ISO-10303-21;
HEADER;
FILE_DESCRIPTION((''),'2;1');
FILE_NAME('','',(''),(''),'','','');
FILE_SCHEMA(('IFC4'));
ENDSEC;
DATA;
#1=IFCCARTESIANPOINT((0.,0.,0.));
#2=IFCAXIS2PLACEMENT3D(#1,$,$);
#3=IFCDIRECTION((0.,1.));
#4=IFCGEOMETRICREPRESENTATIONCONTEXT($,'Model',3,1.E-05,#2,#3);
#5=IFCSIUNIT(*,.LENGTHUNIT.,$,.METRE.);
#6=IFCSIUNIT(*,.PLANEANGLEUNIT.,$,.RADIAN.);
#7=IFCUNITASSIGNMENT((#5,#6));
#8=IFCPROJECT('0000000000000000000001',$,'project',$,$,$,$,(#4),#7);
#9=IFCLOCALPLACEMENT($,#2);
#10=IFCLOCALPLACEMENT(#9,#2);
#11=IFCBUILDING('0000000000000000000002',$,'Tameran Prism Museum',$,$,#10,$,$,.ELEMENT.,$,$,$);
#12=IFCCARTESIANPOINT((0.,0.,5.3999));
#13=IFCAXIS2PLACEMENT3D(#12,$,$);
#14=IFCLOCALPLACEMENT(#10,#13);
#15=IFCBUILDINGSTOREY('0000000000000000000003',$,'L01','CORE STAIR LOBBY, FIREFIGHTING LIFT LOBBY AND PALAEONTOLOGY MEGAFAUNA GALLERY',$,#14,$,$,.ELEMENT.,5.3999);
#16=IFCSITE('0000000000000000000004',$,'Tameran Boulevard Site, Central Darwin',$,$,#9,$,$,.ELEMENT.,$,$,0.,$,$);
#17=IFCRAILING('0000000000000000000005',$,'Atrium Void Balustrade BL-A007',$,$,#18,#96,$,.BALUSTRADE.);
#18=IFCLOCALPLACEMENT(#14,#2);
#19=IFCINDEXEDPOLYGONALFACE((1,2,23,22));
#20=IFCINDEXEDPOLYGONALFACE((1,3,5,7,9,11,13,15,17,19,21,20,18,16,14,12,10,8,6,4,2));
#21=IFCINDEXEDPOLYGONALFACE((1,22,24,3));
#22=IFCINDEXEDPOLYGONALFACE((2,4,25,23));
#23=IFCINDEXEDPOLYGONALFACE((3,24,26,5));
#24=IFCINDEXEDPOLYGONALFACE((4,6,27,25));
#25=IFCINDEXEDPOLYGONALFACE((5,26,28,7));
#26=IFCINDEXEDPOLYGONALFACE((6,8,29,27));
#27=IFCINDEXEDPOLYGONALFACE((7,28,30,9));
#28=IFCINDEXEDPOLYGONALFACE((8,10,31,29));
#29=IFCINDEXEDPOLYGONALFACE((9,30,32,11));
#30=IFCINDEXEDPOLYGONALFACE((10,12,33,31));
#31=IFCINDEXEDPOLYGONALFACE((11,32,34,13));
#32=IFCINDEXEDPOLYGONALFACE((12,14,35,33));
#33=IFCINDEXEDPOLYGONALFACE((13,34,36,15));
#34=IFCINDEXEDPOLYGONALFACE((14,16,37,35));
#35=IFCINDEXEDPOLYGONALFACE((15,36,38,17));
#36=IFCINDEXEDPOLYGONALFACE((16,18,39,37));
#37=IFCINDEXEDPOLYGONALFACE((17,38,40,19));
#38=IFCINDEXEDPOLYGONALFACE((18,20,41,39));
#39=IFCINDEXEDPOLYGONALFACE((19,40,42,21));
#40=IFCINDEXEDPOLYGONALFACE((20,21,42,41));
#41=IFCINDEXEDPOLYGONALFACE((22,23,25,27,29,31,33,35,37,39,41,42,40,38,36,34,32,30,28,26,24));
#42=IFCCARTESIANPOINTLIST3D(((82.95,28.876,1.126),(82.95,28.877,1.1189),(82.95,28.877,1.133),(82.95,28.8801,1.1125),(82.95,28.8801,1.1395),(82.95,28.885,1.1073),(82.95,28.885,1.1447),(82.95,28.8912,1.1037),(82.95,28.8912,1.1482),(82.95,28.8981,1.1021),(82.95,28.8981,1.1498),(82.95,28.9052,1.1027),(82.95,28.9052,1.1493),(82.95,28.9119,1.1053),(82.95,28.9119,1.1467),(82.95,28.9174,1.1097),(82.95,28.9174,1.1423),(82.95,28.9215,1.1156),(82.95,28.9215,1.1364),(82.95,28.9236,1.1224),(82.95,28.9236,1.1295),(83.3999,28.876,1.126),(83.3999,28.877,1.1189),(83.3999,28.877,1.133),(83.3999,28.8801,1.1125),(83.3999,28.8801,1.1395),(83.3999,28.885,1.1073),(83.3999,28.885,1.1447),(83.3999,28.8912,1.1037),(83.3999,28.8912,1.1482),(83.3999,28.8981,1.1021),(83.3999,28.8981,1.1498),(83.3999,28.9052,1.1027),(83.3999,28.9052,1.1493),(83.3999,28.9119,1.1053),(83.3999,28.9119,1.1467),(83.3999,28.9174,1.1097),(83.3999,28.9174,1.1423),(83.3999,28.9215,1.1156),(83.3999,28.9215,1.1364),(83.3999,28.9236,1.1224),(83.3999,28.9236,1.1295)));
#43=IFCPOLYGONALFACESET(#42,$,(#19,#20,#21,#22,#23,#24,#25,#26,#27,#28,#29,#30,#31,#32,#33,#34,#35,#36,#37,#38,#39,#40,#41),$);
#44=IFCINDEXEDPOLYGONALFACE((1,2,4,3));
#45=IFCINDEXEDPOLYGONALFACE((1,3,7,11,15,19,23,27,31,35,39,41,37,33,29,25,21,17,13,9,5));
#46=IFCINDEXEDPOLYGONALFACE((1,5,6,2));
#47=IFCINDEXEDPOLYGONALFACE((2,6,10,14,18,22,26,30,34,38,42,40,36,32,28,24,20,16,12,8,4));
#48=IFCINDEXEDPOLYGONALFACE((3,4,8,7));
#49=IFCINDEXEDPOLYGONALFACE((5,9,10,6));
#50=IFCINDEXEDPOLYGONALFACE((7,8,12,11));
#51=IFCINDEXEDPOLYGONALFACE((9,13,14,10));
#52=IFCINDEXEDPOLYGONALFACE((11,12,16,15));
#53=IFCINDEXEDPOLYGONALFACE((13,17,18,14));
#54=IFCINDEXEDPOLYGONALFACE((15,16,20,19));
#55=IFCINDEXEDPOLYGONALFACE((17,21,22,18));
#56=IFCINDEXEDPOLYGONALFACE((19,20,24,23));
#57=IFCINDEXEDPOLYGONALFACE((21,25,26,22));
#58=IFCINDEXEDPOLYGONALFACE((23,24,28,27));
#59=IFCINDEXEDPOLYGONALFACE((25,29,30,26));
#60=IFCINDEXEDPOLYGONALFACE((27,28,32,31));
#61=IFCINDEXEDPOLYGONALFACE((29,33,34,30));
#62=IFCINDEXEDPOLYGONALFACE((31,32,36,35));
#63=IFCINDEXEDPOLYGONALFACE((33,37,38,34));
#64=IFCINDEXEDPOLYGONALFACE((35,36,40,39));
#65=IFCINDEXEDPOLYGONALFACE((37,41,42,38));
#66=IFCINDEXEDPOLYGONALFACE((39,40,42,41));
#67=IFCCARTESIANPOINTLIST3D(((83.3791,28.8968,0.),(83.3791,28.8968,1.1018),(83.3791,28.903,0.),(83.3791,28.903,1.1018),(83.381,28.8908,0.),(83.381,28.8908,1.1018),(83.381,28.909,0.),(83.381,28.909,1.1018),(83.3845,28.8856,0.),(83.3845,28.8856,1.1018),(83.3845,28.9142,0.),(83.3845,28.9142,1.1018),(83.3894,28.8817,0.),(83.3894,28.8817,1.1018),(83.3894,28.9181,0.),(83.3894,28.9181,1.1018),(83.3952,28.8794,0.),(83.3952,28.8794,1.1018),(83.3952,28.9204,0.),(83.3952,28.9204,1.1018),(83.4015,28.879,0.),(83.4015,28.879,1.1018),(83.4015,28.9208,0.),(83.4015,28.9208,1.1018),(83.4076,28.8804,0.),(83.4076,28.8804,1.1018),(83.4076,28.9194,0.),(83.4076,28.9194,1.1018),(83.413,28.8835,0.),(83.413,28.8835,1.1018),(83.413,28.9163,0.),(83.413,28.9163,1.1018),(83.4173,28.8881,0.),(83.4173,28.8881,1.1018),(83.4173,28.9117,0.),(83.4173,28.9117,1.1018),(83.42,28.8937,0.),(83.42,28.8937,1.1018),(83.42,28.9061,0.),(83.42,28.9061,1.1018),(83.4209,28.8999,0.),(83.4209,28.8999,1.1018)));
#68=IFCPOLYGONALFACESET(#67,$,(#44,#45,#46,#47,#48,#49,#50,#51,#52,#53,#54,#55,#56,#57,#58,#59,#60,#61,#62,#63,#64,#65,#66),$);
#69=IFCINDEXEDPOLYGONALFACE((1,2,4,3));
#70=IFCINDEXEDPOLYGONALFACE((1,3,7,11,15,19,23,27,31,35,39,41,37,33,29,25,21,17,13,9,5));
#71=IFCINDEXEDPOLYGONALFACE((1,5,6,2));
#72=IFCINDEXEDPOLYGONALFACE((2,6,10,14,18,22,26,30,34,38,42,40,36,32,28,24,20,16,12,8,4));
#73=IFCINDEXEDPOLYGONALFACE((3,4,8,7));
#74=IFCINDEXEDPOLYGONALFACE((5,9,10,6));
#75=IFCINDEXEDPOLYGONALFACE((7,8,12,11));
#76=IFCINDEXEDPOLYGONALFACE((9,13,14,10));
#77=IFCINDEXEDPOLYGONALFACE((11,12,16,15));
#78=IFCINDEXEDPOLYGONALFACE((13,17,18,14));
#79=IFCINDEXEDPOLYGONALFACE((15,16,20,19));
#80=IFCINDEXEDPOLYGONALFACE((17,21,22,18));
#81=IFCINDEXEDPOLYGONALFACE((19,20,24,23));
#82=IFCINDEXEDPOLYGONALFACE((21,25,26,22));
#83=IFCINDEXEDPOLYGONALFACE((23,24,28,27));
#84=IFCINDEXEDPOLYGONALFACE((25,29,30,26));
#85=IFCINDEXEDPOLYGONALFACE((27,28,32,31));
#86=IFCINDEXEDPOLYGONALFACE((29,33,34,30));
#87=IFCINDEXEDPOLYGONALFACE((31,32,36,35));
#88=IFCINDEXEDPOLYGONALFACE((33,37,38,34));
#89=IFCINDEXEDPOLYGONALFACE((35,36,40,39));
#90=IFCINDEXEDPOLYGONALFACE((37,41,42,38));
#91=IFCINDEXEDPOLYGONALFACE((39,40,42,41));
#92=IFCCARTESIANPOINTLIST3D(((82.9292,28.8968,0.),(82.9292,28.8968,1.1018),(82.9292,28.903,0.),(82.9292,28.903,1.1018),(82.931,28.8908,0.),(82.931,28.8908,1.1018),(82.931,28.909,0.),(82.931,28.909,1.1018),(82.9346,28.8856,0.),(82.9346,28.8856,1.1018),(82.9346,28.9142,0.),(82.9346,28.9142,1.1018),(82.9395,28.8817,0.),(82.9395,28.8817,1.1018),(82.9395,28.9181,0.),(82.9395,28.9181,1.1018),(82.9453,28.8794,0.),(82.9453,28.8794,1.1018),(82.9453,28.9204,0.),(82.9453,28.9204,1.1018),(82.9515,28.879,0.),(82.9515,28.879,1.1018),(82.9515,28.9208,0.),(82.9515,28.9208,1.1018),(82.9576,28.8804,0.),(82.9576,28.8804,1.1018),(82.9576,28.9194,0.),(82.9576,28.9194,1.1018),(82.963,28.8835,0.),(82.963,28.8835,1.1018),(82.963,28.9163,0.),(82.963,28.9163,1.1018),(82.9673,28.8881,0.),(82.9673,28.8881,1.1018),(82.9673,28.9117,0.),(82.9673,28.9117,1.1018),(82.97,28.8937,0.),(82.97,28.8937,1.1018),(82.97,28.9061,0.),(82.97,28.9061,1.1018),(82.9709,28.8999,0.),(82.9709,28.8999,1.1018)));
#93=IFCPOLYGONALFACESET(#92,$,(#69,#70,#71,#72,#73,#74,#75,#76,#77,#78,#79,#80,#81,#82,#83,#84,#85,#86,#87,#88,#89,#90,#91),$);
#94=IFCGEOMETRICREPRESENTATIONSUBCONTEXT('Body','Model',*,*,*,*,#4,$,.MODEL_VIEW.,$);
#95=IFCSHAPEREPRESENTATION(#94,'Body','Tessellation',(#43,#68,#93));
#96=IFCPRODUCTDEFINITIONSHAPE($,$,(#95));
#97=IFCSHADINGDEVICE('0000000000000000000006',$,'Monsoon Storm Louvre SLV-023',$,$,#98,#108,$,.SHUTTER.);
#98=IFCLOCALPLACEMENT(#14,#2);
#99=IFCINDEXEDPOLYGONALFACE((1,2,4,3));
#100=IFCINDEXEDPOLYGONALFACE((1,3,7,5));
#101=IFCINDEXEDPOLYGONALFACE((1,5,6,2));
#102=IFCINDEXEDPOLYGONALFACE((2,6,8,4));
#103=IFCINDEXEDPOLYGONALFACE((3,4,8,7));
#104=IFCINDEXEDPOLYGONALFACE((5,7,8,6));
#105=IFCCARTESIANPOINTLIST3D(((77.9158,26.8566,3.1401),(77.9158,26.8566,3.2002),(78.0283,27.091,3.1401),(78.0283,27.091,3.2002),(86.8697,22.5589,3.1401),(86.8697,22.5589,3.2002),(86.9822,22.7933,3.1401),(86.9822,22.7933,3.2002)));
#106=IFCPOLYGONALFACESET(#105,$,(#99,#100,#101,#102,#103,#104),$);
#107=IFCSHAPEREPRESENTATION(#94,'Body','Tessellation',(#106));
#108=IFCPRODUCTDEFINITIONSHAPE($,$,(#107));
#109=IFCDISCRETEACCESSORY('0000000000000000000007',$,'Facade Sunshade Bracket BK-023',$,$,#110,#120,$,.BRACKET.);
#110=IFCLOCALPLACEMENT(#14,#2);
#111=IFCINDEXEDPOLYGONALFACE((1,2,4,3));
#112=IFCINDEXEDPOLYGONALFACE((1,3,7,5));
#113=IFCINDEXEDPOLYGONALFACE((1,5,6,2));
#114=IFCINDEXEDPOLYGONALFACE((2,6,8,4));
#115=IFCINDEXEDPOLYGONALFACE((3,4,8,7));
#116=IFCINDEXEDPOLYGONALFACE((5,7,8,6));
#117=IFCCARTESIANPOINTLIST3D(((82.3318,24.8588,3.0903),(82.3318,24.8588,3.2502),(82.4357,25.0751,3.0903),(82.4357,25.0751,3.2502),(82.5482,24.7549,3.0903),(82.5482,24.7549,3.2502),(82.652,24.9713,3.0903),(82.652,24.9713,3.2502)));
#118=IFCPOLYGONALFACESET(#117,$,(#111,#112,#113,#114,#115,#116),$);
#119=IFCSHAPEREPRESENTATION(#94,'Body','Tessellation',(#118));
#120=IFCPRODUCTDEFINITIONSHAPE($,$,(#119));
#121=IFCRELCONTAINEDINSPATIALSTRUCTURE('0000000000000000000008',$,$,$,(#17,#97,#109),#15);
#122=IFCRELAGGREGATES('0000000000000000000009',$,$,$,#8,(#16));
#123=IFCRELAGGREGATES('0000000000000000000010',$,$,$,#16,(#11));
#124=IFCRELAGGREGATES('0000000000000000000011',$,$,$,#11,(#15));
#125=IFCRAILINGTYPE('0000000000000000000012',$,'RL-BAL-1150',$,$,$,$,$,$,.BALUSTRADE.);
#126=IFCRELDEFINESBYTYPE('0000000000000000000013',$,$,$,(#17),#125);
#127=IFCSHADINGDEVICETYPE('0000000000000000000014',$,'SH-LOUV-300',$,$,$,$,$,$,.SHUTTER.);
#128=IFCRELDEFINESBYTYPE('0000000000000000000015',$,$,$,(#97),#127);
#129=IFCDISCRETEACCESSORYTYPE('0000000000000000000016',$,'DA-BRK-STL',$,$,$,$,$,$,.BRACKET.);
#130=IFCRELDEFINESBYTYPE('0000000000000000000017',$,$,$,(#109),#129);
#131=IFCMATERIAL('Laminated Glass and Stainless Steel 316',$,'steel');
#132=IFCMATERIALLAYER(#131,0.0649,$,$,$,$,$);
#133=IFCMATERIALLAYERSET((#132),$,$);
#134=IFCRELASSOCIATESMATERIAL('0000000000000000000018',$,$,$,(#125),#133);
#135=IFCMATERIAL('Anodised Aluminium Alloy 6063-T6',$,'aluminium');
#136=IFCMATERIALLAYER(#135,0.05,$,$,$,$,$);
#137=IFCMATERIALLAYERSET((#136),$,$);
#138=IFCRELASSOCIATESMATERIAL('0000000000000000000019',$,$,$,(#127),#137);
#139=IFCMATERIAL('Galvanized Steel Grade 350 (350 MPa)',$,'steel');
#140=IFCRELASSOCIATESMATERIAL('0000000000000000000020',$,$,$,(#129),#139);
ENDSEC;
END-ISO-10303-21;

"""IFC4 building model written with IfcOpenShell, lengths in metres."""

from ifc_helpers import new_model, si_unit, direction, frame, origin, origin_2d, place, context, subcontext, project, spatial, rectangle, circle, extrude, material, layer, layer_set, type_object, element, save


model = new_model("IFC4")

# Units and contexts
model_context = context("Model", 3, precision=1e-05, world=origin(), true_north=direction((0.0, 1.0)))
body_context = subcontext(model_context, "Body", "Model", "MODEL_VIEW")
ifc_project = project(units=[si_unit("LENGTHUNIT", "METRE"), si_unit("PLANEANGLEUNIT", "RADIAN")], contexts=[model_context])

# Site, building, storey
site_placement = place(None, origin())
site = spatial("IfcSite", under=ifc_project, at=site_placement, Name="Tameran Boulevard Site, Central Darwin", CompositionType="ELEMENT", RefElevation=0.0)
building_placement = place(site_placement, origin())
building = spatial("IfcBuilding", under=site, at=building_placement, Name="Tameran Prism Museum", CompositionType="ELEMENT")
storey_placement = place(building_placement, frame((0.0, 0.0, 5.3999)))
storey = spatial("IfcBuildingStorey", under=building, at=storey_placement, Name="L01", Description="CORE STAIR LOBBY, FIREFIGHTING LIFT LOBBY AND PALAEONTOLOGY MEGAFAUNA GALLERY", CompositionType="ELEMENT", Elevation=5.3999)

# Railing
ifc_material_1 = material(Name="Laminated Glass and Stainless Steel 316", Category="steel")
ifc_layer_1 = layer(ifc_material_1, 0.0649)
ifc_layer_set_1 = layer_set([ifc_layer_1])
railing_type = type_object("IfcRailingType", Name="RL-BAL-1150", PredefinedType="BALUSTRADE", material=ifc_layer_set_1)
railing_1_placement = place(storey_placement, frame((83.3999, 28.8999, 0.0)))
element("IfcRailing", 1, at=railing_1_placement, inside=storey, type_object=railing_type, Name="Atrium Void Balustrade BL-A007", PredefinedType="BALUSTRADE", context=body_context, shape_type="SweptSolid", body=[
    extrude(circle(Radius=0.0239, at=origin_2d()), frame((0.0, 0.0, 1.126), z_axis=(-1.0, 0.0, 0.0), x_axis=(0.0, -1.0, 0.0)), (0.0, 0.0, 1.0), 0.45),
    extrude(circle(Radius=0.021, at=origin_2d()), origin(), (0.0, 0.0, 1.0), 1.1018),
    extrude(circle(Radius=0.021, at=origin_2d()), frame((-0.45, 0.0, 0.0)), (0.0, 0.0, 1.0), 1.1018),
])

# Shading device
ifc_material_2 = material(Name="Anodised Aluminium Alloy 6063-T6", Category="aluminium")
ifc_layer_2 = layer(ifc_material_2, 0.05)
ifc_layer_set_2 = layer_set([ifc_layer_2])
shading_device_type = type_object("IfcShadingDeviceType", Name="SH-LOUV-300", PredefinedType="SHUTTER", material=ifc_layer_set_2)
shading_device_placement = place(storey_placement, frame((82.449, 24.825, 3.1401), z_axis=(0.0, 0.0, 1.0), x_axis=(-0.901531, 0.432715, 0.0)))
element("IfcShadingDevice", 2, at=shading_device_placement, inside=storey, type_object=shading_device_type, Name="Monsoon Storm Louvre SLV-023", PredefinedType="SHUTTER", context=body_context, shape_type="SweptSolid", body=[
    extrude(rectangle(XDim=9.9319, YDim=0.26, at=origin_2d()), origin(), (0.0, 0.0, 1.0), 0.0601),
])

# Discrete accessory
ifc_material_3 = material(Name="Galvanized Steel Grade 350 (350 MPa)", Category="steel")
discrete_accessory_type = type_object("IfcDiscreteAccessoryType", Name="DA-BRK-STL", PredefinedType="BRACKET", material=ifc_material_3)
discrete_accessory_placement = place(storey_placement, frame((82.4919, 24.915, 3.0903), z_axis=(0.0, 0.0, 1.0), x_axis=(-0.901531, 0.432715, 0.0)))
element("IfcDiscreteAccessory", 3, at=discrete_accessory_placement, inside=storey, type_object=discrete_accessory_type, Name="Facade Sunshade Bracket BK-023", PredefinedType="BRACKET", context=body_context, shape_type="SweptSolid", body=[
    extrude(rectangle(XDim=0.24, YDim=0.24, at=origin_2d()), origin(), (0.0, 0.0, 1.0), 0.1599),
])

save(model, "model.ifc")
